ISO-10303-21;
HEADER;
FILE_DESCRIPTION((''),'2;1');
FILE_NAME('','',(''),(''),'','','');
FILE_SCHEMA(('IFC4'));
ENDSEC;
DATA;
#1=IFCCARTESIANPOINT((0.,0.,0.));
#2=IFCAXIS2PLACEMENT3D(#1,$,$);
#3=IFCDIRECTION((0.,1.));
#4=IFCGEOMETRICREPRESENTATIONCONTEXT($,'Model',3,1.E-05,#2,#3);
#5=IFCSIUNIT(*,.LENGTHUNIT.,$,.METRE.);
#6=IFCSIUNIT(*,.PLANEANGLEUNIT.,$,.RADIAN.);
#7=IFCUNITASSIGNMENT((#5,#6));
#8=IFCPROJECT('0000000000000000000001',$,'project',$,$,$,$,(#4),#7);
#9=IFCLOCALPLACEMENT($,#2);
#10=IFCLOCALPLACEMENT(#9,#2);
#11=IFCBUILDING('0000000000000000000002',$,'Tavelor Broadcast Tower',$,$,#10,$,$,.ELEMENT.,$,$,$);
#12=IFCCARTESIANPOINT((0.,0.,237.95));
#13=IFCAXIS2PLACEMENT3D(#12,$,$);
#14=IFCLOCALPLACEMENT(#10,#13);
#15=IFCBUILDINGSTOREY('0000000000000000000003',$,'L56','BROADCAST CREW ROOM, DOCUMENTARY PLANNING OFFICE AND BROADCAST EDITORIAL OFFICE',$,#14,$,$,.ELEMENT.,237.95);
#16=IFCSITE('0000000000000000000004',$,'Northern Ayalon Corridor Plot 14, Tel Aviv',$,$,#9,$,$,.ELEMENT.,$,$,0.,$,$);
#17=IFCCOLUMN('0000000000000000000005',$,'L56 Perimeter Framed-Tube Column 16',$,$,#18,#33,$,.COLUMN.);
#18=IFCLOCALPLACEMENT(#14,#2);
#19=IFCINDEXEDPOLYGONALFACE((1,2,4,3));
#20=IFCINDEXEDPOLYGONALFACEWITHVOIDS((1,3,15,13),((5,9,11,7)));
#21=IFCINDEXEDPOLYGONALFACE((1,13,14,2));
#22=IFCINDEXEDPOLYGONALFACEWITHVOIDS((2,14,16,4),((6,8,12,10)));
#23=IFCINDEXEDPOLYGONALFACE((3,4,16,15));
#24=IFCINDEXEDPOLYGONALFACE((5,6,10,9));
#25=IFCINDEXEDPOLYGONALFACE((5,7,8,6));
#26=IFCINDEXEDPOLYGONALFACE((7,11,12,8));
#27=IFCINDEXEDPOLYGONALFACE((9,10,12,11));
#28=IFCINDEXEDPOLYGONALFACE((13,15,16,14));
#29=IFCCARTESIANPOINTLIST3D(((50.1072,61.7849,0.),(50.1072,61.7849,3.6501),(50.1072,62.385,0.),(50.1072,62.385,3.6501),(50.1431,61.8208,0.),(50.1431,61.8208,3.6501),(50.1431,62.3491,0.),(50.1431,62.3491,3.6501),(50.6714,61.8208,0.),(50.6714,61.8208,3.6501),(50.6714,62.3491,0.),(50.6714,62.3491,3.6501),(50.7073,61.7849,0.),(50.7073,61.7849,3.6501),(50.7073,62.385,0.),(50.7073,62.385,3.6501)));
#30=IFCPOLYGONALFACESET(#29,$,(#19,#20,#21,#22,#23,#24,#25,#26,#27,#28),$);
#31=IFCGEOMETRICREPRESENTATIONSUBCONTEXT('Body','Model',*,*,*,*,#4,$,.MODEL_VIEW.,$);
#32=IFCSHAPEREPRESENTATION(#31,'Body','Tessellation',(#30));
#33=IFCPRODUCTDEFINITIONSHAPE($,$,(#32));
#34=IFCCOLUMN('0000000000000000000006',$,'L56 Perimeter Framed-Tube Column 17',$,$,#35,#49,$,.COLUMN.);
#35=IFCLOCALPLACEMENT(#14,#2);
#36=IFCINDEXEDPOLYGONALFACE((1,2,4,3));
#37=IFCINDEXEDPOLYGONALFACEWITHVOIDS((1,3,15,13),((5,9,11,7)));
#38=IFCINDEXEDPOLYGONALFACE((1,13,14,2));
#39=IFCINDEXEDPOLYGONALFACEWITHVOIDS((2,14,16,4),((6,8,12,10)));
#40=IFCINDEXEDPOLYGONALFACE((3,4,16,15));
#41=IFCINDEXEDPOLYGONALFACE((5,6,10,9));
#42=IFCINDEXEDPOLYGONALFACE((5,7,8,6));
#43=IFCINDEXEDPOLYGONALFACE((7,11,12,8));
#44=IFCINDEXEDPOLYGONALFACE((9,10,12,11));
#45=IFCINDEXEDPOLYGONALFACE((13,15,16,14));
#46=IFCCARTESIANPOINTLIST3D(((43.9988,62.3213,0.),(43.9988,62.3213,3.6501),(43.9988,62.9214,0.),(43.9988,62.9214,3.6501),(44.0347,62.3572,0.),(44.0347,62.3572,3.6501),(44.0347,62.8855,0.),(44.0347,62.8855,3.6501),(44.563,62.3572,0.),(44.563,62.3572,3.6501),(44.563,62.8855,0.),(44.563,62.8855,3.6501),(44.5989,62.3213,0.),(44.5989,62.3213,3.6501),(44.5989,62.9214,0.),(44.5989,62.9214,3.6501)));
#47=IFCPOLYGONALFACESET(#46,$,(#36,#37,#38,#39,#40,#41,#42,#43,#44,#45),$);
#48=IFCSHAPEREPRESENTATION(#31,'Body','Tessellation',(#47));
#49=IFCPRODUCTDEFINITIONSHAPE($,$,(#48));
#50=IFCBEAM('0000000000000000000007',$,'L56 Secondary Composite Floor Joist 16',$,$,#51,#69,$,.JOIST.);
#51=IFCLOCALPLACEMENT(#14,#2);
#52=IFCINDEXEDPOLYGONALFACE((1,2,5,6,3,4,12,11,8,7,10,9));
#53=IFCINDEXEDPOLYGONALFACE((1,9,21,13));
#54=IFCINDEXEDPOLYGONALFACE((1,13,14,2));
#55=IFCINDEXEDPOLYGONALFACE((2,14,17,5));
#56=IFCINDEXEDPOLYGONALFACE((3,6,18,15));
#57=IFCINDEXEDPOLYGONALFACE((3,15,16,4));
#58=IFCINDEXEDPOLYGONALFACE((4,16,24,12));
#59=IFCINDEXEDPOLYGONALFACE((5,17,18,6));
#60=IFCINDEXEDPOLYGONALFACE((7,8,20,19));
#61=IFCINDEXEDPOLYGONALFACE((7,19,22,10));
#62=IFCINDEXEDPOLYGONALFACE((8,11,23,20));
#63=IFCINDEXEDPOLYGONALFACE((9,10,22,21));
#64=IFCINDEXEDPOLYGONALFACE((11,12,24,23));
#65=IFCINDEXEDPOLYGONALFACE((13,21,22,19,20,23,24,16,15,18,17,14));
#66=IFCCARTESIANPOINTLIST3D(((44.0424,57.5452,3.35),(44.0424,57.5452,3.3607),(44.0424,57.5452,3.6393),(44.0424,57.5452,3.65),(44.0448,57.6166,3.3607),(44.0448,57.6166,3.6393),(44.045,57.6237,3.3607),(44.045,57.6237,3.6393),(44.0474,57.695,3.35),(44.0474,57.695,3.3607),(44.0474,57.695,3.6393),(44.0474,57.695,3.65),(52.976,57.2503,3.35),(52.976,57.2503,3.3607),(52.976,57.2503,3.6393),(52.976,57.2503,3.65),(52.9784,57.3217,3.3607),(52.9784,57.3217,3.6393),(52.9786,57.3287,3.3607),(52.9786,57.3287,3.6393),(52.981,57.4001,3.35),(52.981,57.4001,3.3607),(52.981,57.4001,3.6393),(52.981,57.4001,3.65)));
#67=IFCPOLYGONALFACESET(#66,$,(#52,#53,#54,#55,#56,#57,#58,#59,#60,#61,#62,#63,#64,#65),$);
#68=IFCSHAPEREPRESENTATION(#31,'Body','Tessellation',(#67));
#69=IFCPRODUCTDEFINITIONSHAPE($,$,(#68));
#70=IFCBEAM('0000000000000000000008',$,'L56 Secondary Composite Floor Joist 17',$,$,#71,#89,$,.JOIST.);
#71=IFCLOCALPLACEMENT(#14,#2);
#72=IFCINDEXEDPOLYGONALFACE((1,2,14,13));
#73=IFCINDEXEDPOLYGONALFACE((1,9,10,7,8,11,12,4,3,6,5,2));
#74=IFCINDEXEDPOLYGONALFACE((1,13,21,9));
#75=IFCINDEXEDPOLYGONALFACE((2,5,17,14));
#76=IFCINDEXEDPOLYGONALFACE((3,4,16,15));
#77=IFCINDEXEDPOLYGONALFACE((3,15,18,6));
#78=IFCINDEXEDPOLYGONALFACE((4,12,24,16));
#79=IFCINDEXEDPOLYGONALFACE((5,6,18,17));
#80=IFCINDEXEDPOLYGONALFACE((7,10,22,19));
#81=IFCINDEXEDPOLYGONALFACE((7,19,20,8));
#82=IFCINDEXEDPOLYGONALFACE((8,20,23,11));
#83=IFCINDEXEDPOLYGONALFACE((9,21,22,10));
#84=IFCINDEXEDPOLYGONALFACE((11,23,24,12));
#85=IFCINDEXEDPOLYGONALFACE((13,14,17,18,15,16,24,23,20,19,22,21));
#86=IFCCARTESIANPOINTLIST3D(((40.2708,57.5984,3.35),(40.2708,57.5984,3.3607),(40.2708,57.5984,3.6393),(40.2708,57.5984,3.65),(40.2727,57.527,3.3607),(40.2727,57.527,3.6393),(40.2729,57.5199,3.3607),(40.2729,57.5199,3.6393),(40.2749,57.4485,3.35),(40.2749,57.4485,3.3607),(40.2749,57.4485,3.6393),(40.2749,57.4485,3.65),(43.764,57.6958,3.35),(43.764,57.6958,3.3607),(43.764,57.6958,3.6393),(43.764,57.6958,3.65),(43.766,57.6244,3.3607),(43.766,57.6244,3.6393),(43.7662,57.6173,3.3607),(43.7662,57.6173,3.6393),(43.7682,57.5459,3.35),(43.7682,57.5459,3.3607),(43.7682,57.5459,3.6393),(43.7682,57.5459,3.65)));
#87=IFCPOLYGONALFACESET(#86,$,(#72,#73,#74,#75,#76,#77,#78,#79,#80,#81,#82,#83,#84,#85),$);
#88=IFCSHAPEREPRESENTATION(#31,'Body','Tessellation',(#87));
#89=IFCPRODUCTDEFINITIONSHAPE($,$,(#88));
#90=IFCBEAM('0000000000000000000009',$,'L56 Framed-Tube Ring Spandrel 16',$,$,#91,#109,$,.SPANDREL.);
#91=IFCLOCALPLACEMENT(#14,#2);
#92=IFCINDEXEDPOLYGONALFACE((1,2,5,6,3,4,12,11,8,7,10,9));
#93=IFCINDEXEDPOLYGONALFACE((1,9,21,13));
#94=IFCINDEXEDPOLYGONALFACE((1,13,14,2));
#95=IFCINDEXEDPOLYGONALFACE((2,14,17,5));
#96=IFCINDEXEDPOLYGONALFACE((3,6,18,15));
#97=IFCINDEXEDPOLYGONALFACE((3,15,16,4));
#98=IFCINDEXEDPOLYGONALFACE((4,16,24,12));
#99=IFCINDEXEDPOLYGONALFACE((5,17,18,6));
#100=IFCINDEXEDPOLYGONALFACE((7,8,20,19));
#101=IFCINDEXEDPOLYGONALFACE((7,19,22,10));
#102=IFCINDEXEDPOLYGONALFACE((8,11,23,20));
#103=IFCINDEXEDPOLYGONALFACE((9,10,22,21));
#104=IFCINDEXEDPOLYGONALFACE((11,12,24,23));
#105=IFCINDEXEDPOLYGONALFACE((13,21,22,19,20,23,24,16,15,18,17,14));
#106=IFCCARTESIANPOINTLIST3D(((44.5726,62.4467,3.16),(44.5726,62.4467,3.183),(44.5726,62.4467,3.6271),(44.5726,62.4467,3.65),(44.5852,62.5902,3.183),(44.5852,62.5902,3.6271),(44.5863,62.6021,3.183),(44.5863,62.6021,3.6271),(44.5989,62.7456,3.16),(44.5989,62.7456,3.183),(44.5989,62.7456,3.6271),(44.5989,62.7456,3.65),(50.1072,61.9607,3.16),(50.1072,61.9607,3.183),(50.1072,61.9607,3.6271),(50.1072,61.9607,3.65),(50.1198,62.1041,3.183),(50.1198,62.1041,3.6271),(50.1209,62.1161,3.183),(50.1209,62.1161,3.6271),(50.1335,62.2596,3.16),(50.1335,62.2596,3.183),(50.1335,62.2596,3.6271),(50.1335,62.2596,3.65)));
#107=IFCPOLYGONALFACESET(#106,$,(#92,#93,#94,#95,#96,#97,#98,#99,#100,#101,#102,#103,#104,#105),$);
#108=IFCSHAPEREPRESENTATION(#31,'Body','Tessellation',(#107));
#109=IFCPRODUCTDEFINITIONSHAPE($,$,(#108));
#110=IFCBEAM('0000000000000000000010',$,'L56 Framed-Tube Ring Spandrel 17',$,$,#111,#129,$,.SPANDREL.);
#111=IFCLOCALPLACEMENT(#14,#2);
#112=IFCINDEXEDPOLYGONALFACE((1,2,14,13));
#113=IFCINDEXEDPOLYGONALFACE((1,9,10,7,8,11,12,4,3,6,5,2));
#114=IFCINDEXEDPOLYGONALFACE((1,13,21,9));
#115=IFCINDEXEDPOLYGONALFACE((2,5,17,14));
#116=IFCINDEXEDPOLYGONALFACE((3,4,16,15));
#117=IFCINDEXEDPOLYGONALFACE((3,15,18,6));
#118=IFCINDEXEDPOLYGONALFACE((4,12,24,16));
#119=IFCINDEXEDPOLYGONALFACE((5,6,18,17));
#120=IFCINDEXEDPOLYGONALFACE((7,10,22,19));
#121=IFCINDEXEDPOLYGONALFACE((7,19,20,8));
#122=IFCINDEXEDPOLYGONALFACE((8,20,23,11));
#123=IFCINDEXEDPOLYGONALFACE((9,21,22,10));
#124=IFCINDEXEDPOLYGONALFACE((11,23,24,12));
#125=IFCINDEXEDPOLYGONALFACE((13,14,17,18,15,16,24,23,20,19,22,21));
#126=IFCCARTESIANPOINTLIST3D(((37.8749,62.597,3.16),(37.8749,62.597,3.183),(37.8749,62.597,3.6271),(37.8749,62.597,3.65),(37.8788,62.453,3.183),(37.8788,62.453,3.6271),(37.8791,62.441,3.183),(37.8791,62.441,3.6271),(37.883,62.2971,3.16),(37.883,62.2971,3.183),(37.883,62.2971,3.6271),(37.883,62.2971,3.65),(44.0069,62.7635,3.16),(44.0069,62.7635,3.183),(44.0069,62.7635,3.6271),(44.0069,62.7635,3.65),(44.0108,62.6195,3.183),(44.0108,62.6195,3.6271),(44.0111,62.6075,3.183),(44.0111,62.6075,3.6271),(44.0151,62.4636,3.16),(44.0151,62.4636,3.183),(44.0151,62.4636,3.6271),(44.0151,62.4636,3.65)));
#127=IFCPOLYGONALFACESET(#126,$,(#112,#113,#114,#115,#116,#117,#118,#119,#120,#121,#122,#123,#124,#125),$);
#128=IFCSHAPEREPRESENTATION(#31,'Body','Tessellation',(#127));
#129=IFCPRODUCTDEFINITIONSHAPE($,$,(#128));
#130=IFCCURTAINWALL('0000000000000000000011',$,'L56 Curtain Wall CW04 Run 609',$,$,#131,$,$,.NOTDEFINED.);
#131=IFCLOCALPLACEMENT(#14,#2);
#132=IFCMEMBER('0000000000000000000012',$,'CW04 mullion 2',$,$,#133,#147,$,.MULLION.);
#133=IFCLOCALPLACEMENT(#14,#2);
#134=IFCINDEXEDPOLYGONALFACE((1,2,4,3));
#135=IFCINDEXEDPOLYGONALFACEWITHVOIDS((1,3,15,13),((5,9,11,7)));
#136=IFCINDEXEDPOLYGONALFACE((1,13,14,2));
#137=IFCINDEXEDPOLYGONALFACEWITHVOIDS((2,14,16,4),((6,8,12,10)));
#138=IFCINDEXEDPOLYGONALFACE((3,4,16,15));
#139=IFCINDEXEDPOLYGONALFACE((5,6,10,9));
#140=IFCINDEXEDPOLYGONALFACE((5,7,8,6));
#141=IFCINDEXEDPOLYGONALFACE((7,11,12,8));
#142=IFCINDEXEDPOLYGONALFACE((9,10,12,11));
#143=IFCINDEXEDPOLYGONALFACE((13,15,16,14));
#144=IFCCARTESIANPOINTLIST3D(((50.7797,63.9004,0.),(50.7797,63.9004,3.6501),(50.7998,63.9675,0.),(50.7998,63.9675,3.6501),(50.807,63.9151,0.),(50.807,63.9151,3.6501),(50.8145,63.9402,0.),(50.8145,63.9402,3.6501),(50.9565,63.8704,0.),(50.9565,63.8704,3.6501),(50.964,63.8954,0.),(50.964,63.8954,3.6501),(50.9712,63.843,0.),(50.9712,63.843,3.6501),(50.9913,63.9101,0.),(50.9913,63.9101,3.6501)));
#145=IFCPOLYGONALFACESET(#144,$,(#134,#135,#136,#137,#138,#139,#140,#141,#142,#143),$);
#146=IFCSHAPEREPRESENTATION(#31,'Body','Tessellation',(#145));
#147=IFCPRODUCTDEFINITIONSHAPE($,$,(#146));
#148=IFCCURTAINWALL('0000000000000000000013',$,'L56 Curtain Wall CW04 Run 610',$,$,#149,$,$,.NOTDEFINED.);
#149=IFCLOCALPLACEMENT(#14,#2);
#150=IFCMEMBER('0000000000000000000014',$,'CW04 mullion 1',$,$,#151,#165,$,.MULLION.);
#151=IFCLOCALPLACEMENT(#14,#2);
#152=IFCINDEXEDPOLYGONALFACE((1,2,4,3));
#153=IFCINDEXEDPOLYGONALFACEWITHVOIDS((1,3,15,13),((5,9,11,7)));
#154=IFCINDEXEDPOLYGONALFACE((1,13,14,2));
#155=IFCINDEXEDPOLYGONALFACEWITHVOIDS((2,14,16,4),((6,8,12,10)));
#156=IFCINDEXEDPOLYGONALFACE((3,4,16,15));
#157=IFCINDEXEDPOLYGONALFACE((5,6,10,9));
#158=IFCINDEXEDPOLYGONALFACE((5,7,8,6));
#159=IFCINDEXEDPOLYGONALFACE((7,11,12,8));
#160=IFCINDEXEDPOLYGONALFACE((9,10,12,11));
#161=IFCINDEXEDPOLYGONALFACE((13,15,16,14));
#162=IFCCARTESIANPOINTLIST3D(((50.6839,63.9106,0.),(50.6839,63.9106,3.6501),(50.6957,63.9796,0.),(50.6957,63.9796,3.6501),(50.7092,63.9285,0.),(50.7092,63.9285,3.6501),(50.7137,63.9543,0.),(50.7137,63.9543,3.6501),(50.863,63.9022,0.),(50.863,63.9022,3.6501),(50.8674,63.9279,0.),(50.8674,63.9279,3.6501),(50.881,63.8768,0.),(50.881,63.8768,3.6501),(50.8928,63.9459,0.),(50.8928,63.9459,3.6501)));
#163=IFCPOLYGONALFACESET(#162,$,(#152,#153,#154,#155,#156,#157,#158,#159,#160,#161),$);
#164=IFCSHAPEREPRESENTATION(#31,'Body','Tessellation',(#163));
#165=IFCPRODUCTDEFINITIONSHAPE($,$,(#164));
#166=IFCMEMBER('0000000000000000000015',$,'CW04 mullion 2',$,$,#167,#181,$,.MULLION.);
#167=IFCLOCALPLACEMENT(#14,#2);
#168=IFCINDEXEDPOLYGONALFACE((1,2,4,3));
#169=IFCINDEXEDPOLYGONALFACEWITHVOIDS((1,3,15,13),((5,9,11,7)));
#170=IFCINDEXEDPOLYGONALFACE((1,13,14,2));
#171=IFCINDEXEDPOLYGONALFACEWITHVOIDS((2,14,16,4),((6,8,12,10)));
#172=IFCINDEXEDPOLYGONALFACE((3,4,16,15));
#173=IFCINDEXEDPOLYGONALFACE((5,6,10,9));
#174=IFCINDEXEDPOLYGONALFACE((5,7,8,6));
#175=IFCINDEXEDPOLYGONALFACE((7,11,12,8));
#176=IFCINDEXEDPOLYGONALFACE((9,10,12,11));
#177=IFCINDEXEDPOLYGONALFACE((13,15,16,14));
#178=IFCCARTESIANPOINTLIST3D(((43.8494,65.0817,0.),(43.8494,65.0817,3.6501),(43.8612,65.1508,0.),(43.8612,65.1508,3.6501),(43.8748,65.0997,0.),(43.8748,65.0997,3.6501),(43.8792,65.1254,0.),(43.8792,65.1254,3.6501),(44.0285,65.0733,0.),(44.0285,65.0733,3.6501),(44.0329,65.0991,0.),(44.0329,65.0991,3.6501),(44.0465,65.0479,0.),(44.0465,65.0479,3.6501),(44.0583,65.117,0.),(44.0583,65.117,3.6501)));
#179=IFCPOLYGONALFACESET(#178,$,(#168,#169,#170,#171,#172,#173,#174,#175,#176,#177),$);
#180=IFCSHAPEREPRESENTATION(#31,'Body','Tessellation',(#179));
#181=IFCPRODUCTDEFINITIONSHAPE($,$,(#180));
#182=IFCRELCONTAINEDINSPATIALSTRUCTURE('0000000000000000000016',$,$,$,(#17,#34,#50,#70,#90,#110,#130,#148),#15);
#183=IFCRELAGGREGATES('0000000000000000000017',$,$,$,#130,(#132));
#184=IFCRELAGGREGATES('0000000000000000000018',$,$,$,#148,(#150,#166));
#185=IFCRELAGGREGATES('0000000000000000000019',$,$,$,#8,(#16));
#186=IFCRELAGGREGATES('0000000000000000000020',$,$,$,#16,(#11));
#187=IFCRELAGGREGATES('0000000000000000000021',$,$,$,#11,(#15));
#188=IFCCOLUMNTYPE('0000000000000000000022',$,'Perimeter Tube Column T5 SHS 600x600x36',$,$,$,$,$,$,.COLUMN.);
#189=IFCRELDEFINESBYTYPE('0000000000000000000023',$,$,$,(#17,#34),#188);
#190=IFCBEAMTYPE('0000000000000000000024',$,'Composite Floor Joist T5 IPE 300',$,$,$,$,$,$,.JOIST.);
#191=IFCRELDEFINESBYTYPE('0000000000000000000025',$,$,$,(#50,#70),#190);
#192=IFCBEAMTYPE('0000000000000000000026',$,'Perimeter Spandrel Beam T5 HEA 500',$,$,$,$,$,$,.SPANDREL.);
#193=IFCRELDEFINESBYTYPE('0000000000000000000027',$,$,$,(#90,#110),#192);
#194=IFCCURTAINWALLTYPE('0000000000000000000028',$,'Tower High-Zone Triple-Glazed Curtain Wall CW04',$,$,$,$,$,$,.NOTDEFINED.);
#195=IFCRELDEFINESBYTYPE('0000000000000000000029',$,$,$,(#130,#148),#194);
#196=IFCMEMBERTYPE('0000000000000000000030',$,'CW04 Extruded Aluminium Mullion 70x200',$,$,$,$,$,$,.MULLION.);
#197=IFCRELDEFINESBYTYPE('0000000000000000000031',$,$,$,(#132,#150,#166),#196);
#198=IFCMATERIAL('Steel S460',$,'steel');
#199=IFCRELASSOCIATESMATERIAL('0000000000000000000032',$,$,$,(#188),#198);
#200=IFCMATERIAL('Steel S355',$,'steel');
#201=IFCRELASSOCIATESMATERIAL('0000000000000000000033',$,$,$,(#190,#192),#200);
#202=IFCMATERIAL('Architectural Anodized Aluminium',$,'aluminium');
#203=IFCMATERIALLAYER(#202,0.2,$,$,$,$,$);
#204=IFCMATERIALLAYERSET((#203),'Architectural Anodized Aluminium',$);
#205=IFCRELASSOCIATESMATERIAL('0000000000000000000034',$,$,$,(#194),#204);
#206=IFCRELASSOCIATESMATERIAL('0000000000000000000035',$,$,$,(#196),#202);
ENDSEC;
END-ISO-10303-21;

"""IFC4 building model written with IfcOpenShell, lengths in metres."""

from ifc_helpers import new_model, si_unit, direction, frame, origin, origin_2d, place, context, subcontext, project, spatial, hollow_rectangle, i_section, extrude, source, transform, mapped, material, layer, layer_set, material_profile, profile_set, type_object, type_shapes, element, aggregate, save


model = new_model("IFC4")

# Units and contexts
model_context = context("Model", 3, precision=1e-05, world=origin(), true_north=direction((0.0, 1.0)))
body_context = subcontext(model_context, "Body", "Model", "MODEL_VIEW")
ifc_project = project(units=[si_unit("LENGTHUNIT", "METRE"), si_unit("PLANEANGLEUNIT", "RADIAN")], contexts=[model_context])

# Site, building, storey
site_placement = place(None, origin())
site = spatial("IfcSite", under=ifc_project, at=site_placement, Name="Northern Ayalon Corridor Plot 14, Tel Aviv", CompositionType="ELEMENT", RefElevation=0.0)
building_placement = place(site_placement, origin())
building = spatial("IfcBuilding", under=site, at=building_placement, Name="Tavelor Broadcast Tower", CompositionType="ELEMENT")
storey_placement = place(building_placement, frame((0.0, 0.0, 237.95)))
storey = spatial("IfcBuildingStorey", under=building, at=storey_placement, Name="L56", Description="BROADCAST CREW ROOM, DOCUMENTARY PLANNING OFFICE AND BROADCAST EDITORIAL OFFICE", CompositionType="ELEMENT", Elevation=237.95)

# Columns
ifc_material_1 = material(Name="Steel S460", Category="steel")
ifc_material_profile_1 = material_profile(ifc_material_1, hollow_rectangle(XDim=0.6001, YDim=0.6001, WallThickness=0.0359, at=origin_2d()), Name="SHS 600x600x36")
ifc_profile_set_1 = profile_set([ifc_material_profile_1], Name="Steel S460")
column_type = type_object("IfcColumnType", Name="Perimeter Tube Column T5 SHS 600x600x36", PredefinedType="COLUMN", material=ifc_profile_set_1)
for number, where, z_axis, x_axis, name in (
    (1, (50.4072, 62.085, 0.0), (0.0, 0.0, 1.0), (1.0, 0.0, 0.0), "L56 Perimeter Framed-Tube Column 16"),
    (2, (44.2988, 62.6213, 0.0), (0.0, 0.0, 1.0), (1.0, 0.0, 0.0), "L56 Perimeter Framed-Tube Column 17"),
):
    element("IfcColumn", number, at=place(storey_placement, frame(where, z_axis=z_axis, x_axis=x_axis)), inside=storey, type_object=column_type, Name=name, PredefinedType="COLUMN", context=body_context, shape_type="SweptSolid", body=[
        extrude(hollow_rectangle(XDim=0.6001, YDim=0.6001, WallThickness=0.0359, at=origin_2d()), origin(), (0.0, 0.0, 1.0), 3.6501),
    ])

# Beams
ifc_material_2 = material(Name="Steel S355", Category="steel")
ifc_material_profile_2 = material_profile(ifc_material_2, i_section(OverallWidth=0.1499, OverallDepth=0.3, WebThickness=0.0071, FlangeThickness=0.0107, at=origin_2d()), Name="IPE 300")
ifc_profile_set_2 = profile_set([ifc_material_profile_2], Name="Steel S355")
beam_type_1 = type_object("IfcBeamType", Name="Composite Floor Joist T5 IPE 300", PredefinedType="JOIST", material=ifc_profile_set_2)
beam_1_placement = place(storey_placement, frame((52.9785, 57.3252, 3.5), z_axis=(-0.999456, 0.032995, 0.0), x_axis=(-0.032995, -0.999456, 0.0)))
element("IfcBeam", 3, at=beam_1_placement, inside=storey, type_object=beam_type_1, Name="L56 Secondary Composite Floor Joist 16", PredefinedType="JOIST", context=body_context, shape_type="SweptSolid", body=[
    extrude(i_section(OverallWidth=0.1499, OverallDepth=0.3, WebThickness=0.0071, FlangeThickness=0.0107, at=origin_2d()), origin(), (0.0, 0.0, 1.0), 8.9385),
])
beam_2_placement = place(storey_placement, frame((43.7661, 57.6208, 3.5), z_axis=(-0.999611, -0.027876, 0.0), x_axis=(0.027876, -0.999611, 0.0)))
element("IfcBeam", 4, at=beam_2_placement, inside=storey, type_object=beam_type_1, Name="L56 Secondary Composite Floor Joist 17", PredefinedType="JOIST", context=body_context, shape_type="SweptSolid", body=[
    extrude(i_section(OverallWidth=0.1499, OverallDepth=0.3, WebThickness=0.0071, FlangeThickness=0.0107, at=origin_2d()), origin(), (0.0, 0.0, 1.0), 3.4946),
])
ifc_material_profile_3 = material_profile(ifc_material_2, i_section(OverallWidth=0.3, OverallDepth=0.49, WebThickness=0.012, FlangeThickness=0.0229, at=origin_2d()), Name="HEA 500")
ifc_profile_set_3 = profile_set([ifc_material_profile_3], Name="Steel S355")
beam_type_2 = type_object("IfcBeamType", Name="Perimeter Spandrel Beam T5 HEA 500", PredefinedType="SPANDREL", material=ifc_profile_set_3)
beam_3_placement = place(storey_placement, frame((50.1204, 62.1101, 3.405), z_axis=(-0.996166, 0.087489, 0.0), x_axis=(-0.087489, -0.996166, 0.0)))
element("IfcBeam", 5, at=beam_3_placement, inside=storey, type_object=beam_type_2, Name="L56 Framed-Tube Ring Spandrel 16", PredefinedType="SPANDREL", context=body_context, shape_type="SweptSolid", body=[
    extrude(i_section(OverallWidth=0.3, OverallDepth=0.49, WebThickness=0.012, FlangeThickness=0.0229, at=origin_2d()), origin(), (0.0, 0.0, 1.0), 5.5559),
])
beam_4_placement = place(storey_placement, frame((44.011, 62.6135, 3.405), z_axis=(-0.999632, -0.027143, 0.0), x_axis=(0.027143, -0.999632, 0.0)))
element("IfcBeam", 6, at=beam_4_placement, inside=storey, type_object=beam_type_2, Name="L56 Framed-Tube Ring Spandrel 17", PredefinedType="SPANDREL", context=body_context, shape_type="SweptSolid", body=[
    extrude(i_section(OverallWidth=0.3, OverallDepth=0.49, WebThickness=0.012, FlangeThickness=0.0229, at=origin_2d()), origin(), (0.0, 0.0, 1.0), 6.1343),
])

# Curtain wall, member
ifc_material_3 = material(Name="Architectural Anodized Aluminium", Category="aluminium")
ifc_layer_1 = layer(ifc_material_3, 0.2)
ifc_layer_set_1 = layer_set([ifc_layer_1], Name="Architectural Anodized Aluminium")
curtain_wall_type = type_object("IfcCurtainWallType", Name="Tower High-Zone Triple-Glazed Curtain Wall CW04", PredefinedType="NOTDEFINED", material=ifc_layer_set_1)
curtain_wall_1_placement = place(storey_placement, origin())
curtain_wall_1 = element("IfcCurtainWall", 7, at=curtain_wall_1_placement, inside=storey, type_object=curtain_wall_type, Name="L56 Curtain Wall CW04 Run 609", PredefinedType="NOTDEFINED")
ifc_material_profile_4 = material_profile(ifc_material_3, hollow_rectangle(XDim=0.0701, YDim=0.2, WallThickness=0.022, at=origin_2d()), Name="RHS 70x200x22")
ifc_profile_set_4 = profile_set([ifc_material_profile_4], Name="Architectural Anodized Aluminium")
member_type_1 = type_object("IfcMemberType", Name="CW04 Extruded Aluminium Mullion 70x200", PredefinedType="MULLION", material=ifc_profile_set_4)
shared_shape_1 = source(origin(), body_context, "Body", "SweptSolid", [
    extrude(hollow_rectangle(XDim=0.0701, YDim=0.2, WallThickness=0.022, at=origin_2d()), origin(), (0.0, 0.0, 1.0), 3.6501),
])
type_shapes(member_type_1, [shared_shape_1])
member_1_placement = place(storey_placement, frame((50.8855, 63.9053, 0.0), z_axis=(0.0, 0.0, 1.0), x_axis=(-0.286947, -0.957947, 0.0)))
member_1 = element("IfcMember", 8, at=member_1_placement, type_object=member_type_1, Name="CW04 mullion 2", PredefinedType="MULLION", context=body_context, shape_type="MappedRepresentation", body=[
    mapped(shared_shape_1, transform((0.0, 0.0, 0.0), scale=1.0)),
])

# Curtain wall, members
curtain_wall_2_placement = place(storey_placement, origin())
curtain_wall_2 = element("IfcCurtainWall", 9, at=curtain_wall_2_placement, inside=storey, type_object=curtain_wall_type, Name="L56 Curtain Wall CW04 Run 610", PredefinedType="NOTDEFINED")
member_2_placement = place(storey_placement, frame((50.7883, 63.9282, 0.0), z_axis=(0.0, 0.0, 1.0), x_axis=(-0.1689, -0.985633, 0.0)))
member_2 = element("IfcMember", 10, at=member_2_placement, type_object=member_type_1, Name="CW04 mullion 1", PredefinedType="MULLION", context=body_context, shape_type="MappedRepresentation", body=[
    mapped(shared_shape_1, transform((0.0, 0.0, 0.0), scale=1.0)),
])
member_3_placement = place(storey_placement, frame((43.9539, 65.0994, 0.0), z_axis=(0.0, 0.0, 1.0), x_axis=(-0.1689, -0.985633, 0.0)))
member_3 = element("IfcMember", 11, at=member_3_placement, type_object=member_type_1, Name="CW04 mullion 2", PredefinedType="MULLION", context=body_context, shape_type="MappedRepresentation", body=[
    mapped(shared_shape_1, transform((0.0, 0.0, 0.0), scale=1.0)),
])

aggregate(curtain_wall_1, [member_1])
aggregate(curtain_wall_2, [member_2, member_3])

save(model, "model.ifc")
